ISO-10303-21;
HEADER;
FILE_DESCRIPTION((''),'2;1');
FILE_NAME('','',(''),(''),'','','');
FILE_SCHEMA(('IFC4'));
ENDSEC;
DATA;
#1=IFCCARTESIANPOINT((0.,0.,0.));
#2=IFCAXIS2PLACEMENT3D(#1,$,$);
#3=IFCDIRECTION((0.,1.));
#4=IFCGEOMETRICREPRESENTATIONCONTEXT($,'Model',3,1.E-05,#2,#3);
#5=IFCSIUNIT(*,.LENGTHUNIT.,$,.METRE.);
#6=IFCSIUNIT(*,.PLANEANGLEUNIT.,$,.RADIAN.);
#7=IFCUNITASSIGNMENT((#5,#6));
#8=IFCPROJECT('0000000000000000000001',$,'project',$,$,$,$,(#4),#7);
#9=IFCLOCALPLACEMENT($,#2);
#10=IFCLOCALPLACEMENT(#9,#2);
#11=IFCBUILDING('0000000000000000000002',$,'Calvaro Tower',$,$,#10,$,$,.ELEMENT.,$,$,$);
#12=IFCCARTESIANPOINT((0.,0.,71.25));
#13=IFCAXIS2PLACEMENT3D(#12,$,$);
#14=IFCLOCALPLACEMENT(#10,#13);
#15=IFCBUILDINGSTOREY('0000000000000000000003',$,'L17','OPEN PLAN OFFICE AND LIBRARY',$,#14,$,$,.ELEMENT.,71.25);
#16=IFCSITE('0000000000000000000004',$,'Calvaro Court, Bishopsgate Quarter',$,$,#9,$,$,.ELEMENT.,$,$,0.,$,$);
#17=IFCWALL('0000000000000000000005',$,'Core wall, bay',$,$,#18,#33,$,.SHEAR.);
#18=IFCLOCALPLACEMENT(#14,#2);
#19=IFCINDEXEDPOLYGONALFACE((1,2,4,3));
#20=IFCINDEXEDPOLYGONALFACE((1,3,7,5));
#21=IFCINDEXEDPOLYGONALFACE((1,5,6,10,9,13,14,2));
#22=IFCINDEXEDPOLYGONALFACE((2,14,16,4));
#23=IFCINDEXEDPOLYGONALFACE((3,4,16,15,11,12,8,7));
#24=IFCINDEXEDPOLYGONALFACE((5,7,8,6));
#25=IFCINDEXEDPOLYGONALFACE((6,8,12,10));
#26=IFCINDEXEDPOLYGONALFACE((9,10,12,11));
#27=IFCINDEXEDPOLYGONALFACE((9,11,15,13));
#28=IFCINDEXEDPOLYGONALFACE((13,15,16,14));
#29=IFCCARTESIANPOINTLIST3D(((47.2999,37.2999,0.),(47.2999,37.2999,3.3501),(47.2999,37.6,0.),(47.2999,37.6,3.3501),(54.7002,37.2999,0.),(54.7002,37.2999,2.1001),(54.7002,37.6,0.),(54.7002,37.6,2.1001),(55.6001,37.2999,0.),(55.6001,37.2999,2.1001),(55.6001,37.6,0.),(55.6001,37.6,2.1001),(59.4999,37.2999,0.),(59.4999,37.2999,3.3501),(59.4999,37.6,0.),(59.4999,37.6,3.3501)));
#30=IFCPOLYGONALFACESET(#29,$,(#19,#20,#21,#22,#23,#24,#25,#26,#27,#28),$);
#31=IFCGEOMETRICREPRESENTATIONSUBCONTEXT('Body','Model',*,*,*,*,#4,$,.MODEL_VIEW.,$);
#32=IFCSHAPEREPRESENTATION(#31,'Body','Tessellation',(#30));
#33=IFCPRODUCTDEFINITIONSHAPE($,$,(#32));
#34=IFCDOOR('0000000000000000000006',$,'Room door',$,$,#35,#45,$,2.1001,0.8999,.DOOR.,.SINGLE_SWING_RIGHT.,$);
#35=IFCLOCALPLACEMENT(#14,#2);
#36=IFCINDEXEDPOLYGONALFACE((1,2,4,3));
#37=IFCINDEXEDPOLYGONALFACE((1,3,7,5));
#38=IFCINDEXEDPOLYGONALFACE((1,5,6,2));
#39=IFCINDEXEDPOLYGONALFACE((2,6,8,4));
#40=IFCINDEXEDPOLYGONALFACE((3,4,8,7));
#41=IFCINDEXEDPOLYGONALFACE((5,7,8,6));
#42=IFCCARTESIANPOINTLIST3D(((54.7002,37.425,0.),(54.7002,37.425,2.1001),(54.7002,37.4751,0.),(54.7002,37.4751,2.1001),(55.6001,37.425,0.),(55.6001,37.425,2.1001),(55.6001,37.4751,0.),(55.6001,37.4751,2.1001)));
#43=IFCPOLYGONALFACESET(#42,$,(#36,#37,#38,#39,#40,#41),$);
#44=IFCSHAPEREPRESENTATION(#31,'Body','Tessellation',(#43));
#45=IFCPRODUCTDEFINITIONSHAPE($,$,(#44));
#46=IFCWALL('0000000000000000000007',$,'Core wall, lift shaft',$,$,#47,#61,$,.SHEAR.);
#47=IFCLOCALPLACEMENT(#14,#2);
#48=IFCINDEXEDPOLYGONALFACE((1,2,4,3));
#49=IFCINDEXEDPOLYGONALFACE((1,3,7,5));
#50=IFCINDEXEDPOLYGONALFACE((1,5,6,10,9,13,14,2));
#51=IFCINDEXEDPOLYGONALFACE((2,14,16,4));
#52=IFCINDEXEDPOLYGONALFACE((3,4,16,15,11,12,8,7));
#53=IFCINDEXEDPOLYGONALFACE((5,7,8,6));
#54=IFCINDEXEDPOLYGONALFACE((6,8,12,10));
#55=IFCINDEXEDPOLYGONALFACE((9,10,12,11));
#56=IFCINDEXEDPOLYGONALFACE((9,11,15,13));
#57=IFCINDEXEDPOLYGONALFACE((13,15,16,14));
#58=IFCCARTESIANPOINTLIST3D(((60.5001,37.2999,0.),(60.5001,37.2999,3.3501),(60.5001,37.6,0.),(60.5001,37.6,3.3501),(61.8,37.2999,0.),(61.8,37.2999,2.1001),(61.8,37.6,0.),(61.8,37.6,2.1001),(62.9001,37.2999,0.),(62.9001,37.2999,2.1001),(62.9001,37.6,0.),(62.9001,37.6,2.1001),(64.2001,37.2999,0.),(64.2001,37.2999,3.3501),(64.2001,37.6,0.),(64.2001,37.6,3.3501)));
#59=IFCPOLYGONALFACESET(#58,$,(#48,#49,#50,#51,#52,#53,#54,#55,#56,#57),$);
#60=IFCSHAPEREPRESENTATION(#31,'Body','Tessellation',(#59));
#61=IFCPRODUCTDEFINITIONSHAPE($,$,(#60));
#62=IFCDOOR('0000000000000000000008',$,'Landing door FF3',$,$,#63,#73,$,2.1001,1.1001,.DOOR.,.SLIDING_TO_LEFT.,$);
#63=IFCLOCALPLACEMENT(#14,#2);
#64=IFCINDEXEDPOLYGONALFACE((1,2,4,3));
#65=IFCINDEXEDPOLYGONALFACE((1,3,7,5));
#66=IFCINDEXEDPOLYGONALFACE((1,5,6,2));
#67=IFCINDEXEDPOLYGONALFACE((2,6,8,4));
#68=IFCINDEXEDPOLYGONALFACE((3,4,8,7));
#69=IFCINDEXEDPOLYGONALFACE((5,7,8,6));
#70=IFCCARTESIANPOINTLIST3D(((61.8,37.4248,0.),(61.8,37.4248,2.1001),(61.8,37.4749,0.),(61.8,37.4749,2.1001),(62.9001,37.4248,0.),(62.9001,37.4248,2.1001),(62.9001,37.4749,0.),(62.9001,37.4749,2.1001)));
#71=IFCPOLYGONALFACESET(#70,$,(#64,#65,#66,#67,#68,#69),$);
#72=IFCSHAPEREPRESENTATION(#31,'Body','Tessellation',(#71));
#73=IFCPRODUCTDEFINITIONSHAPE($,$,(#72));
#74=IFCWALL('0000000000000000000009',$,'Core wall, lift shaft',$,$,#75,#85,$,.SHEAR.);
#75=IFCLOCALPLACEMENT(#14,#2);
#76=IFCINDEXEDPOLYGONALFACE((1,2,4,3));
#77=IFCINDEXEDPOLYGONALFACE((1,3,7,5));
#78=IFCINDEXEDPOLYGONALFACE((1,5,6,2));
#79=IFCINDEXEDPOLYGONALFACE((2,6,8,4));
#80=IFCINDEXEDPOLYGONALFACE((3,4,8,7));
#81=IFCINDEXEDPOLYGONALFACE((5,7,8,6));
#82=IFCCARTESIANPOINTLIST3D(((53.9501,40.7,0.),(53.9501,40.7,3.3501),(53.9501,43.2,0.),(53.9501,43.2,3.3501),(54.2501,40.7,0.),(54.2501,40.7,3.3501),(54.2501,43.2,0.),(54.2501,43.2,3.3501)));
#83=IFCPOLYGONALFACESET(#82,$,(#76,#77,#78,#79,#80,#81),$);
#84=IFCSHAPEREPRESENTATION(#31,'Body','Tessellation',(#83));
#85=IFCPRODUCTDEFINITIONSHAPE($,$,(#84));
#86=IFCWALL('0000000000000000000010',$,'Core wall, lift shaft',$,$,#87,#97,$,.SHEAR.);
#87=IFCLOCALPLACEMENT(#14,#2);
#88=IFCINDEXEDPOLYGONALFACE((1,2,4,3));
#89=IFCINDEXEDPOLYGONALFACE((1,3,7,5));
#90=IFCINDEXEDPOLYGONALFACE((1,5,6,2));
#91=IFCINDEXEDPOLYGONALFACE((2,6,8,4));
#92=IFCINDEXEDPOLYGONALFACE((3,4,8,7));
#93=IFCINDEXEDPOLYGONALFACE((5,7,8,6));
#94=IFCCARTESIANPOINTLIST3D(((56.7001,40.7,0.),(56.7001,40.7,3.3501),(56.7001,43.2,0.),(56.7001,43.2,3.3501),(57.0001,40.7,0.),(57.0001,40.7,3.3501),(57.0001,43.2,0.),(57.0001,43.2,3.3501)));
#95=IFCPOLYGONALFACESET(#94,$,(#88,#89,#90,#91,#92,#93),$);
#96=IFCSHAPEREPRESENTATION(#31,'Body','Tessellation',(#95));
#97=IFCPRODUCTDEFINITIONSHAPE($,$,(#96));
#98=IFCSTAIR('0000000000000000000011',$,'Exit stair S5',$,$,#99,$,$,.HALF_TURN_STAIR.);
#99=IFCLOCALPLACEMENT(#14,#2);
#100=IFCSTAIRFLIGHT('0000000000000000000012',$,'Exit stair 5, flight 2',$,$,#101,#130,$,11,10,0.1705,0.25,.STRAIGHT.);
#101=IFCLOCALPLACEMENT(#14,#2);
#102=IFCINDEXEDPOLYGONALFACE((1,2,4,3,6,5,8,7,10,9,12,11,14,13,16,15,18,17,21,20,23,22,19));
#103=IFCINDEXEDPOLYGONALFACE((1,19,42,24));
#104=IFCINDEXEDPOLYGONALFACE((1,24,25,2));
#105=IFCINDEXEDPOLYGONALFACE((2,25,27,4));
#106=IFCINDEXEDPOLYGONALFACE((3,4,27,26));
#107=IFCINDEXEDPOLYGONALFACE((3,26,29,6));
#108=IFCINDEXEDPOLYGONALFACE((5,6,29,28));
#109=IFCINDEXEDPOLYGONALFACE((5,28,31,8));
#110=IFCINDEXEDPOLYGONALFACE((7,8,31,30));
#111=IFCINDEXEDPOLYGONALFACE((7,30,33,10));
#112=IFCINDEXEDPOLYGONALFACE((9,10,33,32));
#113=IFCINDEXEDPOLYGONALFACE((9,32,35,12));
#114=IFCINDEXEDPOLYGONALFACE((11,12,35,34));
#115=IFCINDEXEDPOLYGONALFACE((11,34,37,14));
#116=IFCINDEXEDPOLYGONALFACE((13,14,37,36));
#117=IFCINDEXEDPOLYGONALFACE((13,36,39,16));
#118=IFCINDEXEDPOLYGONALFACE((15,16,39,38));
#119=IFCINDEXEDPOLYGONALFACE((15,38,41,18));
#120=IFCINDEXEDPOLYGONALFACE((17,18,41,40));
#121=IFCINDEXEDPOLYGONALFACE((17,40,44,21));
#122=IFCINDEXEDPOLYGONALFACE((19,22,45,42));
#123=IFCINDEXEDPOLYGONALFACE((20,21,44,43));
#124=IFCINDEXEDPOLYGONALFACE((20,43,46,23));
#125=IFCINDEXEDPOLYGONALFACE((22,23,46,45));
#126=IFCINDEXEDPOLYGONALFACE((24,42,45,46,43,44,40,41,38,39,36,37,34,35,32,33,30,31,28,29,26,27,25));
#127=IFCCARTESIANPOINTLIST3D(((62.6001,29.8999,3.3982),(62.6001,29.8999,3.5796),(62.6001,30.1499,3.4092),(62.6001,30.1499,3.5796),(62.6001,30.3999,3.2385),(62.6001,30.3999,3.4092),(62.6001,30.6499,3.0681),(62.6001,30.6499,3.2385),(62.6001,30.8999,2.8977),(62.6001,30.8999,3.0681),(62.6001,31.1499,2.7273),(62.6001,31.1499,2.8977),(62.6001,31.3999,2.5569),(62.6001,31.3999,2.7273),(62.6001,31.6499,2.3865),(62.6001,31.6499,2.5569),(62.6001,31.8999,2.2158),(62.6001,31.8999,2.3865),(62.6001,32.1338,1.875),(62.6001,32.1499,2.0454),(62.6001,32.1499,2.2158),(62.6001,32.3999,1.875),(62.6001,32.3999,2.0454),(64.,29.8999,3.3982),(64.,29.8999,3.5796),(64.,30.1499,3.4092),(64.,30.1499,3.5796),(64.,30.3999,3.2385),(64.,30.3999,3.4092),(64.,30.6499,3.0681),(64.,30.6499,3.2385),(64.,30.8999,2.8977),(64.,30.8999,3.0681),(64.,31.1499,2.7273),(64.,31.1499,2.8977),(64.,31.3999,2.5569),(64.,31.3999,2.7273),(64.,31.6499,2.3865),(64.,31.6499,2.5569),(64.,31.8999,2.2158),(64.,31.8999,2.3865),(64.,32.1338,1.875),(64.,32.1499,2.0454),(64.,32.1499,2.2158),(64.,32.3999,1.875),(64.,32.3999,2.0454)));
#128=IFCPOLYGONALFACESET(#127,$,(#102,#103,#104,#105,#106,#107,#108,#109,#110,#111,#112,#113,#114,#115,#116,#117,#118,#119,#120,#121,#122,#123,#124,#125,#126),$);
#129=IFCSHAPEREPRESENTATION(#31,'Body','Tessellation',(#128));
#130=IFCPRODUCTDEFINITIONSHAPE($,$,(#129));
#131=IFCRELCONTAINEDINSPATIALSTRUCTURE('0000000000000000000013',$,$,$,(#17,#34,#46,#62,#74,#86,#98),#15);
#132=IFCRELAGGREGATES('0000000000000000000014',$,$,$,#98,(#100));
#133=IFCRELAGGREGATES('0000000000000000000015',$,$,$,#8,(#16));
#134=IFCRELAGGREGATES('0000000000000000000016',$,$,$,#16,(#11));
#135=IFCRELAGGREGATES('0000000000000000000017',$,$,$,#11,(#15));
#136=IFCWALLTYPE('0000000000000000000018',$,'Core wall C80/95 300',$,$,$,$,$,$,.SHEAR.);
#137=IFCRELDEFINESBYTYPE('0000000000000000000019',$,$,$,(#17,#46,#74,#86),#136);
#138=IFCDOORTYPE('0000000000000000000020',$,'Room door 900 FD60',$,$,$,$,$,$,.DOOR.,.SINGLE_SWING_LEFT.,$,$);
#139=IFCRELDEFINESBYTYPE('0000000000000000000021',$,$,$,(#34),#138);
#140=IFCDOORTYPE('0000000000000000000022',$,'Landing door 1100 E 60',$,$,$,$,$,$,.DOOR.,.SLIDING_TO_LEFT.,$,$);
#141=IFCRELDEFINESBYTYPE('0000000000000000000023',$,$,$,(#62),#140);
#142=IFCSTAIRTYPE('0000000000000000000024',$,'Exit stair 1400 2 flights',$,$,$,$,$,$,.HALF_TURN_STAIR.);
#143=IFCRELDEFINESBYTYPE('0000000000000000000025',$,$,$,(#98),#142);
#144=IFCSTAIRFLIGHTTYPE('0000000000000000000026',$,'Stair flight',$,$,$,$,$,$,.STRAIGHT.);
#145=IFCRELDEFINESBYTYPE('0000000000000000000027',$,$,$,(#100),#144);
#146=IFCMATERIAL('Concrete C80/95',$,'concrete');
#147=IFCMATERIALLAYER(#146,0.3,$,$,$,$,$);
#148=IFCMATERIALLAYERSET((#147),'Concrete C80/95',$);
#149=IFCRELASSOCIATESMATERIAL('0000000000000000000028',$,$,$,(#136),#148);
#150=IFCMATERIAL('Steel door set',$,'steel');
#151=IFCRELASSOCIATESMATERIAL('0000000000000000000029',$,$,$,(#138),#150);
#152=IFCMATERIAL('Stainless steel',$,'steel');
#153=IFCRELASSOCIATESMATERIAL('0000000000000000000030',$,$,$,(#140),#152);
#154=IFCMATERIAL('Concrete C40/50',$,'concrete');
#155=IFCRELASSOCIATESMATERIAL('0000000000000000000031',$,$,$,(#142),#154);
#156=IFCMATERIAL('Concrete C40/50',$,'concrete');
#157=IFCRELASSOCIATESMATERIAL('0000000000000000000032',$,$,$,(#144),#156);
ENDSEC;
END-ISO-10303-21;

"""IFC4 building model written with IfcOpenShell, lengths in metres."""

from ifc_helpers import new_model, si_unit, direction, frame, frame_2d, origin, place, context, subcontext, project, spatial, polyline, rectangle, outline, extrude, material, layer, layer_set, type_object, element, fill, aggregate, save


model = new_model("IFC4")

# Units and contexts
model_context = context("Model", 3, precision=1e-05, world=origin(), true_north=direction((0.0, 1.0)))
body_context = subcontext(model_context, "Body", "Model", "MODEL_VIEW")
ifc_project = project(units=[si_unit("LENGTHUNIT", "METRE"), si_unit("PLANEANGLEUNIT", "RADIAN")], contexts=[model_context])

# Site, building, storey
site_placement = place(None, origin())
site = spatial("IfcSite", under=ifc_project, at=site_placement, Name="Calvaro Court, Bishopsgate Quarter", CompositionType="ELEMENT", RefElevation=0.0)
building_placement = place(site_placement, origin())
building = spatial("IfcBuilding", under=site, at=building_placement, Name="Calvaro Tower", CompositionType="ELEMENT")
storey_placement = place(building_placement, frame((0.0, 0.0, 71.25)))
storey = spatial("IfcBuildingStorey", under=building, at=storey_placement, Name="L17", Description="OPEN PLAN OFFICE AND LIBRARY", CompositionType="ELEMENT", Elevation=71.25)

# Shared definitions
ifc_material_1 = material(Name="Concrete C80/95", Category="concrete")
ifc_layer_1 = layer(ifc_material_1, 0.3)
ifc_layer_set_1 = layer_set([ifc_layer_1], Name="Concrete C80/95")
wall_type_1 = type_object("IfcWallType", Name="Core wall C80/95 300", PredefinedType="SHEAR", material=ifc_layer_set_1)

# Walls, openings, doors
wall_1_placement = place(storey_placement, frame((59.5, 37.45, 0.0), z_axis=(0.0, 0.0, 1.0), x_axis=(-1.0, 0.0, 0.0)))
wall_1 = element("IfcWall", 1, at=wall_1_placement, inside=storey, type_object=wall_type_1, Name="Core wall, bay", PredefinedType="SHEAR", context=body_context, shape_type="SweptSolid", body=[
    extrude(rectangle(XDim=12.2, YDim=0.3, at=frame_2d((6.1001, 0.0))), origin(), (0.0, 0.0, 1.0), 3.3501),
])
opening_1_placement = place(wall_1_placement, frame((3.8999, 0.0, 0.0)))
opening_1 = element("IfcOpeningElement", 2, at=opening_1_placement, cuts=wall_1, PredefinedType="OPENING", context=body_context, shape_type="SweptSolid", body=[
    extrude(rectangle(XDim=0.8999, YDim=2.1001, at=frame_2d((0.45, 1.05))), frame((0.0, 0.1599, 0.0), z_axis=(0.0, -1.0, 0.0), x_axis=(1.0, 0.0, 0.0)), (0.0, 0.0, 1.0), 0.3201),
])
ifc_material_2 = material(Name="Steel door set", Category="steel")
door_type_1 = type_object("IfcDoorType", Name="Room door 900 FD60", OperationType="SINGLE_SWING_LEFT", PredefinedType="DOOR", material=ifc_material_2)
door_1_placement = place(opening_1_placement, origin())
door_1 = element("IfcDoor", 3, at=door_1_placement, inside=storey, type_object=door_type_1, Name="Room door", OperationType="SINGLE_SWING_RIGHT", OverallHeight=2.1001, OverallWidth=0.8999, PredefinedType="DOOR", context=body_context, shape_type="SweptSolid", body=[
    extrude(rectangle(XDim=0.8999, YDim=2.1001, at=frame_2d((0.45, 1.05))), frame((0.0, 0.0249, 0.0), z_axis=(0.0, -1.0, 0.0), x_axis=(1.0, 0.0, 0.0)), (0.0, 0.0, 1.0), 0.05),
])
fill(opening_1, door_1)
wall_2_placement = place(storey_placement, frame((60.5, 37.45, 0.0), z_axis=(0.0, 0.0, 1.0), x_axis=(1.0, 0.0, 0.0)))
wall_2 = element("IfcWall", 4, at=wall_2_placement, inside=storey, type_object=wall_type_1, Name="Core wall, lift shaft", PredefinedType="SHEAR", context=body_context, shape_type="SweptSolid", body=[
    extrude(rectangle(XDim=3.7, YDim=0.3, at=frame_2d((1.8501, 0.0))), origin(), (0.0, 0.0, 1.0), 3.3501),
])
opening_2_placement = place(wall_2_placement, frame((1.3, 0.0, 0.0)))
opening_2 = element("IfcOpeningElement", 5, at=opening_2_placement, cuts=wall_2, PredefinedType="OPENING", context=body_context, shape_type="SweptSolid", body=[
    extrude(rectangle(XDim=1.1001, YDim=2.1001, at=frame_2d((0.55, 1.05))), frame((0.0, 0.1599, 0.0), z_axis=(0.0, -1.0, 0.0), x_axis=(1.0, 0.0, 0.0)), (0.0, 0.0, 1.0), 0.3201),
])
ifc_material_3 = material(Name="Stainless steel", Category="steel")
door_type_2 = type_object("IfcDoorType", Name="Landing door 1100 E 60", OperationType="SLIDING_TO_LEFT", PredefinedType="DOOR", material=ifc_material_3)
door_2_placement = place(opening_2_placement, origin())
door_2 = element("IfcDoor", 6, at=door_2_placement, inside=storey, type_object=door_type_2, Name="Landing door FF3", OperationType="SLIDING_TO_LEFT", OverallHeight=2.1001, OverallWidth=1.1001, PredefinedType="DOOR", context=body_context, shape_type="SweptSolid", body=[
    extrude(rectangle(XDim=1.1001, YDim=2.1001, at=frame_2d((0.55, 1.05))), frame((0.0, 0.0249, 0.0), z_axis=(0.0, -1.0, 0.0), x_axis=(1.0, 0.0, 0.0)), (0.0, 0.0, 1.0), 0.05),
])
fill(opening_2, door_2)

# Walls
for number, where, z_axis, x_axis, name in (
    (7, (54.1001, 40.7, 0.0), (0.0, 0.0, 1.0), (0.0, 1.0, 0.0), "Core wall, lift shaft"),
    (8, (56.8501, 40.7, 0.0), (0.0, 0.0, 1.0), (0.0, 1.0, 0.0), "Core wall, lift shaft"),
):
    element("IfcWall", number, at=place(storey_placement, frame(where, z_axis=z_axis, x_axis=x_axis)), inside=storey, type_object=wall_type_1, Name=name, PredefinedType="SHEAR", context=body_context, shape_type="SweptSolid", body=[
        extrude(rectangle(XDim=2.5, YDim=0.3, at=frame_2d((1.25, 0.0))), origin(), (0.0, 0.0, 1.0), 3.3501),
    ])

# Stair, stair flight
ifc_material_4 = material(Name="Concrete C40/50", Category="concrete")
stair_type = type_object("IfcStairType", Name="Exit stair 1400 2 flights", PredefinedType="HALF_TURN_STAIR", material=ifc_material_4)
stair_1_placement = place(storey_placement, origin())
stair_1 = element("IfcStair", 9, at=stair_1_placement, inside=storey, type_object=stair_type, Name="Exit stair S5", PredefinedType="HALF_TURN_STAIR")
ifc_material_5 = material(Name="Concrete C40/50", Category="concrete")
stair_flight_type = type_object("IfcStairFlightType", Name="Stair flight", PredefinedType="STRAIGHT", material=ifc_material_5)
stair_flight_placement = place(storey_placement, frame((63.3, 32.3999, 1.875), z_axis=(0.0, 0.0, 1.0), x_axis=(0.0, -1.0, 0.0)))
stair_flight = element("IfcStairFlight", 10, at=stair_flight_placement, type_object=stair_flight_type, Name="Exit stair 5, flight 2", NumberOfRisers=11, NumberOfTreads=10, PredefinedType="STRAIGHT", RiserHeight=0.1705, TreadLength=0.25, context=body_context, shape_type="SweptSolid", body=[
    extrude(outline(polyline([(0.0, 0.0), (0.0, 0.1704), (0.25, 0.1704), (0.25, 0.3408), (0.5, 0.3408), (0.5, 0.5115), (0.75, 0.5115), (0.75, 0.6819), (1.0, 0.6819), (1.0, 0.8523), (1.25, 0.8523), (1.25, 1.0227), (1.5, 1.0227), (1.5, 1.1931), (1.75, 1.1931), (1.75, 1.3635), (2.0, 1.3635), (2.0, 1.5342), (2.25, 1.5342), (2.25, 1.7046), (2.5, 1.7046), (2.5, 1.875), (2.5, 1.5232), (0.2661, 0.0), (0.0, 0.0)])), frame((0.0, 0.7, 0.0), z_axis=(0.0, -1.0, 0.0), x_axis=(1.0, 0.0, 0.0)), (0.0, 0.0, 1.0), 1.3999),
])

aggregate(stair_1, [stair_flight])

save(model, "model.ifc")
